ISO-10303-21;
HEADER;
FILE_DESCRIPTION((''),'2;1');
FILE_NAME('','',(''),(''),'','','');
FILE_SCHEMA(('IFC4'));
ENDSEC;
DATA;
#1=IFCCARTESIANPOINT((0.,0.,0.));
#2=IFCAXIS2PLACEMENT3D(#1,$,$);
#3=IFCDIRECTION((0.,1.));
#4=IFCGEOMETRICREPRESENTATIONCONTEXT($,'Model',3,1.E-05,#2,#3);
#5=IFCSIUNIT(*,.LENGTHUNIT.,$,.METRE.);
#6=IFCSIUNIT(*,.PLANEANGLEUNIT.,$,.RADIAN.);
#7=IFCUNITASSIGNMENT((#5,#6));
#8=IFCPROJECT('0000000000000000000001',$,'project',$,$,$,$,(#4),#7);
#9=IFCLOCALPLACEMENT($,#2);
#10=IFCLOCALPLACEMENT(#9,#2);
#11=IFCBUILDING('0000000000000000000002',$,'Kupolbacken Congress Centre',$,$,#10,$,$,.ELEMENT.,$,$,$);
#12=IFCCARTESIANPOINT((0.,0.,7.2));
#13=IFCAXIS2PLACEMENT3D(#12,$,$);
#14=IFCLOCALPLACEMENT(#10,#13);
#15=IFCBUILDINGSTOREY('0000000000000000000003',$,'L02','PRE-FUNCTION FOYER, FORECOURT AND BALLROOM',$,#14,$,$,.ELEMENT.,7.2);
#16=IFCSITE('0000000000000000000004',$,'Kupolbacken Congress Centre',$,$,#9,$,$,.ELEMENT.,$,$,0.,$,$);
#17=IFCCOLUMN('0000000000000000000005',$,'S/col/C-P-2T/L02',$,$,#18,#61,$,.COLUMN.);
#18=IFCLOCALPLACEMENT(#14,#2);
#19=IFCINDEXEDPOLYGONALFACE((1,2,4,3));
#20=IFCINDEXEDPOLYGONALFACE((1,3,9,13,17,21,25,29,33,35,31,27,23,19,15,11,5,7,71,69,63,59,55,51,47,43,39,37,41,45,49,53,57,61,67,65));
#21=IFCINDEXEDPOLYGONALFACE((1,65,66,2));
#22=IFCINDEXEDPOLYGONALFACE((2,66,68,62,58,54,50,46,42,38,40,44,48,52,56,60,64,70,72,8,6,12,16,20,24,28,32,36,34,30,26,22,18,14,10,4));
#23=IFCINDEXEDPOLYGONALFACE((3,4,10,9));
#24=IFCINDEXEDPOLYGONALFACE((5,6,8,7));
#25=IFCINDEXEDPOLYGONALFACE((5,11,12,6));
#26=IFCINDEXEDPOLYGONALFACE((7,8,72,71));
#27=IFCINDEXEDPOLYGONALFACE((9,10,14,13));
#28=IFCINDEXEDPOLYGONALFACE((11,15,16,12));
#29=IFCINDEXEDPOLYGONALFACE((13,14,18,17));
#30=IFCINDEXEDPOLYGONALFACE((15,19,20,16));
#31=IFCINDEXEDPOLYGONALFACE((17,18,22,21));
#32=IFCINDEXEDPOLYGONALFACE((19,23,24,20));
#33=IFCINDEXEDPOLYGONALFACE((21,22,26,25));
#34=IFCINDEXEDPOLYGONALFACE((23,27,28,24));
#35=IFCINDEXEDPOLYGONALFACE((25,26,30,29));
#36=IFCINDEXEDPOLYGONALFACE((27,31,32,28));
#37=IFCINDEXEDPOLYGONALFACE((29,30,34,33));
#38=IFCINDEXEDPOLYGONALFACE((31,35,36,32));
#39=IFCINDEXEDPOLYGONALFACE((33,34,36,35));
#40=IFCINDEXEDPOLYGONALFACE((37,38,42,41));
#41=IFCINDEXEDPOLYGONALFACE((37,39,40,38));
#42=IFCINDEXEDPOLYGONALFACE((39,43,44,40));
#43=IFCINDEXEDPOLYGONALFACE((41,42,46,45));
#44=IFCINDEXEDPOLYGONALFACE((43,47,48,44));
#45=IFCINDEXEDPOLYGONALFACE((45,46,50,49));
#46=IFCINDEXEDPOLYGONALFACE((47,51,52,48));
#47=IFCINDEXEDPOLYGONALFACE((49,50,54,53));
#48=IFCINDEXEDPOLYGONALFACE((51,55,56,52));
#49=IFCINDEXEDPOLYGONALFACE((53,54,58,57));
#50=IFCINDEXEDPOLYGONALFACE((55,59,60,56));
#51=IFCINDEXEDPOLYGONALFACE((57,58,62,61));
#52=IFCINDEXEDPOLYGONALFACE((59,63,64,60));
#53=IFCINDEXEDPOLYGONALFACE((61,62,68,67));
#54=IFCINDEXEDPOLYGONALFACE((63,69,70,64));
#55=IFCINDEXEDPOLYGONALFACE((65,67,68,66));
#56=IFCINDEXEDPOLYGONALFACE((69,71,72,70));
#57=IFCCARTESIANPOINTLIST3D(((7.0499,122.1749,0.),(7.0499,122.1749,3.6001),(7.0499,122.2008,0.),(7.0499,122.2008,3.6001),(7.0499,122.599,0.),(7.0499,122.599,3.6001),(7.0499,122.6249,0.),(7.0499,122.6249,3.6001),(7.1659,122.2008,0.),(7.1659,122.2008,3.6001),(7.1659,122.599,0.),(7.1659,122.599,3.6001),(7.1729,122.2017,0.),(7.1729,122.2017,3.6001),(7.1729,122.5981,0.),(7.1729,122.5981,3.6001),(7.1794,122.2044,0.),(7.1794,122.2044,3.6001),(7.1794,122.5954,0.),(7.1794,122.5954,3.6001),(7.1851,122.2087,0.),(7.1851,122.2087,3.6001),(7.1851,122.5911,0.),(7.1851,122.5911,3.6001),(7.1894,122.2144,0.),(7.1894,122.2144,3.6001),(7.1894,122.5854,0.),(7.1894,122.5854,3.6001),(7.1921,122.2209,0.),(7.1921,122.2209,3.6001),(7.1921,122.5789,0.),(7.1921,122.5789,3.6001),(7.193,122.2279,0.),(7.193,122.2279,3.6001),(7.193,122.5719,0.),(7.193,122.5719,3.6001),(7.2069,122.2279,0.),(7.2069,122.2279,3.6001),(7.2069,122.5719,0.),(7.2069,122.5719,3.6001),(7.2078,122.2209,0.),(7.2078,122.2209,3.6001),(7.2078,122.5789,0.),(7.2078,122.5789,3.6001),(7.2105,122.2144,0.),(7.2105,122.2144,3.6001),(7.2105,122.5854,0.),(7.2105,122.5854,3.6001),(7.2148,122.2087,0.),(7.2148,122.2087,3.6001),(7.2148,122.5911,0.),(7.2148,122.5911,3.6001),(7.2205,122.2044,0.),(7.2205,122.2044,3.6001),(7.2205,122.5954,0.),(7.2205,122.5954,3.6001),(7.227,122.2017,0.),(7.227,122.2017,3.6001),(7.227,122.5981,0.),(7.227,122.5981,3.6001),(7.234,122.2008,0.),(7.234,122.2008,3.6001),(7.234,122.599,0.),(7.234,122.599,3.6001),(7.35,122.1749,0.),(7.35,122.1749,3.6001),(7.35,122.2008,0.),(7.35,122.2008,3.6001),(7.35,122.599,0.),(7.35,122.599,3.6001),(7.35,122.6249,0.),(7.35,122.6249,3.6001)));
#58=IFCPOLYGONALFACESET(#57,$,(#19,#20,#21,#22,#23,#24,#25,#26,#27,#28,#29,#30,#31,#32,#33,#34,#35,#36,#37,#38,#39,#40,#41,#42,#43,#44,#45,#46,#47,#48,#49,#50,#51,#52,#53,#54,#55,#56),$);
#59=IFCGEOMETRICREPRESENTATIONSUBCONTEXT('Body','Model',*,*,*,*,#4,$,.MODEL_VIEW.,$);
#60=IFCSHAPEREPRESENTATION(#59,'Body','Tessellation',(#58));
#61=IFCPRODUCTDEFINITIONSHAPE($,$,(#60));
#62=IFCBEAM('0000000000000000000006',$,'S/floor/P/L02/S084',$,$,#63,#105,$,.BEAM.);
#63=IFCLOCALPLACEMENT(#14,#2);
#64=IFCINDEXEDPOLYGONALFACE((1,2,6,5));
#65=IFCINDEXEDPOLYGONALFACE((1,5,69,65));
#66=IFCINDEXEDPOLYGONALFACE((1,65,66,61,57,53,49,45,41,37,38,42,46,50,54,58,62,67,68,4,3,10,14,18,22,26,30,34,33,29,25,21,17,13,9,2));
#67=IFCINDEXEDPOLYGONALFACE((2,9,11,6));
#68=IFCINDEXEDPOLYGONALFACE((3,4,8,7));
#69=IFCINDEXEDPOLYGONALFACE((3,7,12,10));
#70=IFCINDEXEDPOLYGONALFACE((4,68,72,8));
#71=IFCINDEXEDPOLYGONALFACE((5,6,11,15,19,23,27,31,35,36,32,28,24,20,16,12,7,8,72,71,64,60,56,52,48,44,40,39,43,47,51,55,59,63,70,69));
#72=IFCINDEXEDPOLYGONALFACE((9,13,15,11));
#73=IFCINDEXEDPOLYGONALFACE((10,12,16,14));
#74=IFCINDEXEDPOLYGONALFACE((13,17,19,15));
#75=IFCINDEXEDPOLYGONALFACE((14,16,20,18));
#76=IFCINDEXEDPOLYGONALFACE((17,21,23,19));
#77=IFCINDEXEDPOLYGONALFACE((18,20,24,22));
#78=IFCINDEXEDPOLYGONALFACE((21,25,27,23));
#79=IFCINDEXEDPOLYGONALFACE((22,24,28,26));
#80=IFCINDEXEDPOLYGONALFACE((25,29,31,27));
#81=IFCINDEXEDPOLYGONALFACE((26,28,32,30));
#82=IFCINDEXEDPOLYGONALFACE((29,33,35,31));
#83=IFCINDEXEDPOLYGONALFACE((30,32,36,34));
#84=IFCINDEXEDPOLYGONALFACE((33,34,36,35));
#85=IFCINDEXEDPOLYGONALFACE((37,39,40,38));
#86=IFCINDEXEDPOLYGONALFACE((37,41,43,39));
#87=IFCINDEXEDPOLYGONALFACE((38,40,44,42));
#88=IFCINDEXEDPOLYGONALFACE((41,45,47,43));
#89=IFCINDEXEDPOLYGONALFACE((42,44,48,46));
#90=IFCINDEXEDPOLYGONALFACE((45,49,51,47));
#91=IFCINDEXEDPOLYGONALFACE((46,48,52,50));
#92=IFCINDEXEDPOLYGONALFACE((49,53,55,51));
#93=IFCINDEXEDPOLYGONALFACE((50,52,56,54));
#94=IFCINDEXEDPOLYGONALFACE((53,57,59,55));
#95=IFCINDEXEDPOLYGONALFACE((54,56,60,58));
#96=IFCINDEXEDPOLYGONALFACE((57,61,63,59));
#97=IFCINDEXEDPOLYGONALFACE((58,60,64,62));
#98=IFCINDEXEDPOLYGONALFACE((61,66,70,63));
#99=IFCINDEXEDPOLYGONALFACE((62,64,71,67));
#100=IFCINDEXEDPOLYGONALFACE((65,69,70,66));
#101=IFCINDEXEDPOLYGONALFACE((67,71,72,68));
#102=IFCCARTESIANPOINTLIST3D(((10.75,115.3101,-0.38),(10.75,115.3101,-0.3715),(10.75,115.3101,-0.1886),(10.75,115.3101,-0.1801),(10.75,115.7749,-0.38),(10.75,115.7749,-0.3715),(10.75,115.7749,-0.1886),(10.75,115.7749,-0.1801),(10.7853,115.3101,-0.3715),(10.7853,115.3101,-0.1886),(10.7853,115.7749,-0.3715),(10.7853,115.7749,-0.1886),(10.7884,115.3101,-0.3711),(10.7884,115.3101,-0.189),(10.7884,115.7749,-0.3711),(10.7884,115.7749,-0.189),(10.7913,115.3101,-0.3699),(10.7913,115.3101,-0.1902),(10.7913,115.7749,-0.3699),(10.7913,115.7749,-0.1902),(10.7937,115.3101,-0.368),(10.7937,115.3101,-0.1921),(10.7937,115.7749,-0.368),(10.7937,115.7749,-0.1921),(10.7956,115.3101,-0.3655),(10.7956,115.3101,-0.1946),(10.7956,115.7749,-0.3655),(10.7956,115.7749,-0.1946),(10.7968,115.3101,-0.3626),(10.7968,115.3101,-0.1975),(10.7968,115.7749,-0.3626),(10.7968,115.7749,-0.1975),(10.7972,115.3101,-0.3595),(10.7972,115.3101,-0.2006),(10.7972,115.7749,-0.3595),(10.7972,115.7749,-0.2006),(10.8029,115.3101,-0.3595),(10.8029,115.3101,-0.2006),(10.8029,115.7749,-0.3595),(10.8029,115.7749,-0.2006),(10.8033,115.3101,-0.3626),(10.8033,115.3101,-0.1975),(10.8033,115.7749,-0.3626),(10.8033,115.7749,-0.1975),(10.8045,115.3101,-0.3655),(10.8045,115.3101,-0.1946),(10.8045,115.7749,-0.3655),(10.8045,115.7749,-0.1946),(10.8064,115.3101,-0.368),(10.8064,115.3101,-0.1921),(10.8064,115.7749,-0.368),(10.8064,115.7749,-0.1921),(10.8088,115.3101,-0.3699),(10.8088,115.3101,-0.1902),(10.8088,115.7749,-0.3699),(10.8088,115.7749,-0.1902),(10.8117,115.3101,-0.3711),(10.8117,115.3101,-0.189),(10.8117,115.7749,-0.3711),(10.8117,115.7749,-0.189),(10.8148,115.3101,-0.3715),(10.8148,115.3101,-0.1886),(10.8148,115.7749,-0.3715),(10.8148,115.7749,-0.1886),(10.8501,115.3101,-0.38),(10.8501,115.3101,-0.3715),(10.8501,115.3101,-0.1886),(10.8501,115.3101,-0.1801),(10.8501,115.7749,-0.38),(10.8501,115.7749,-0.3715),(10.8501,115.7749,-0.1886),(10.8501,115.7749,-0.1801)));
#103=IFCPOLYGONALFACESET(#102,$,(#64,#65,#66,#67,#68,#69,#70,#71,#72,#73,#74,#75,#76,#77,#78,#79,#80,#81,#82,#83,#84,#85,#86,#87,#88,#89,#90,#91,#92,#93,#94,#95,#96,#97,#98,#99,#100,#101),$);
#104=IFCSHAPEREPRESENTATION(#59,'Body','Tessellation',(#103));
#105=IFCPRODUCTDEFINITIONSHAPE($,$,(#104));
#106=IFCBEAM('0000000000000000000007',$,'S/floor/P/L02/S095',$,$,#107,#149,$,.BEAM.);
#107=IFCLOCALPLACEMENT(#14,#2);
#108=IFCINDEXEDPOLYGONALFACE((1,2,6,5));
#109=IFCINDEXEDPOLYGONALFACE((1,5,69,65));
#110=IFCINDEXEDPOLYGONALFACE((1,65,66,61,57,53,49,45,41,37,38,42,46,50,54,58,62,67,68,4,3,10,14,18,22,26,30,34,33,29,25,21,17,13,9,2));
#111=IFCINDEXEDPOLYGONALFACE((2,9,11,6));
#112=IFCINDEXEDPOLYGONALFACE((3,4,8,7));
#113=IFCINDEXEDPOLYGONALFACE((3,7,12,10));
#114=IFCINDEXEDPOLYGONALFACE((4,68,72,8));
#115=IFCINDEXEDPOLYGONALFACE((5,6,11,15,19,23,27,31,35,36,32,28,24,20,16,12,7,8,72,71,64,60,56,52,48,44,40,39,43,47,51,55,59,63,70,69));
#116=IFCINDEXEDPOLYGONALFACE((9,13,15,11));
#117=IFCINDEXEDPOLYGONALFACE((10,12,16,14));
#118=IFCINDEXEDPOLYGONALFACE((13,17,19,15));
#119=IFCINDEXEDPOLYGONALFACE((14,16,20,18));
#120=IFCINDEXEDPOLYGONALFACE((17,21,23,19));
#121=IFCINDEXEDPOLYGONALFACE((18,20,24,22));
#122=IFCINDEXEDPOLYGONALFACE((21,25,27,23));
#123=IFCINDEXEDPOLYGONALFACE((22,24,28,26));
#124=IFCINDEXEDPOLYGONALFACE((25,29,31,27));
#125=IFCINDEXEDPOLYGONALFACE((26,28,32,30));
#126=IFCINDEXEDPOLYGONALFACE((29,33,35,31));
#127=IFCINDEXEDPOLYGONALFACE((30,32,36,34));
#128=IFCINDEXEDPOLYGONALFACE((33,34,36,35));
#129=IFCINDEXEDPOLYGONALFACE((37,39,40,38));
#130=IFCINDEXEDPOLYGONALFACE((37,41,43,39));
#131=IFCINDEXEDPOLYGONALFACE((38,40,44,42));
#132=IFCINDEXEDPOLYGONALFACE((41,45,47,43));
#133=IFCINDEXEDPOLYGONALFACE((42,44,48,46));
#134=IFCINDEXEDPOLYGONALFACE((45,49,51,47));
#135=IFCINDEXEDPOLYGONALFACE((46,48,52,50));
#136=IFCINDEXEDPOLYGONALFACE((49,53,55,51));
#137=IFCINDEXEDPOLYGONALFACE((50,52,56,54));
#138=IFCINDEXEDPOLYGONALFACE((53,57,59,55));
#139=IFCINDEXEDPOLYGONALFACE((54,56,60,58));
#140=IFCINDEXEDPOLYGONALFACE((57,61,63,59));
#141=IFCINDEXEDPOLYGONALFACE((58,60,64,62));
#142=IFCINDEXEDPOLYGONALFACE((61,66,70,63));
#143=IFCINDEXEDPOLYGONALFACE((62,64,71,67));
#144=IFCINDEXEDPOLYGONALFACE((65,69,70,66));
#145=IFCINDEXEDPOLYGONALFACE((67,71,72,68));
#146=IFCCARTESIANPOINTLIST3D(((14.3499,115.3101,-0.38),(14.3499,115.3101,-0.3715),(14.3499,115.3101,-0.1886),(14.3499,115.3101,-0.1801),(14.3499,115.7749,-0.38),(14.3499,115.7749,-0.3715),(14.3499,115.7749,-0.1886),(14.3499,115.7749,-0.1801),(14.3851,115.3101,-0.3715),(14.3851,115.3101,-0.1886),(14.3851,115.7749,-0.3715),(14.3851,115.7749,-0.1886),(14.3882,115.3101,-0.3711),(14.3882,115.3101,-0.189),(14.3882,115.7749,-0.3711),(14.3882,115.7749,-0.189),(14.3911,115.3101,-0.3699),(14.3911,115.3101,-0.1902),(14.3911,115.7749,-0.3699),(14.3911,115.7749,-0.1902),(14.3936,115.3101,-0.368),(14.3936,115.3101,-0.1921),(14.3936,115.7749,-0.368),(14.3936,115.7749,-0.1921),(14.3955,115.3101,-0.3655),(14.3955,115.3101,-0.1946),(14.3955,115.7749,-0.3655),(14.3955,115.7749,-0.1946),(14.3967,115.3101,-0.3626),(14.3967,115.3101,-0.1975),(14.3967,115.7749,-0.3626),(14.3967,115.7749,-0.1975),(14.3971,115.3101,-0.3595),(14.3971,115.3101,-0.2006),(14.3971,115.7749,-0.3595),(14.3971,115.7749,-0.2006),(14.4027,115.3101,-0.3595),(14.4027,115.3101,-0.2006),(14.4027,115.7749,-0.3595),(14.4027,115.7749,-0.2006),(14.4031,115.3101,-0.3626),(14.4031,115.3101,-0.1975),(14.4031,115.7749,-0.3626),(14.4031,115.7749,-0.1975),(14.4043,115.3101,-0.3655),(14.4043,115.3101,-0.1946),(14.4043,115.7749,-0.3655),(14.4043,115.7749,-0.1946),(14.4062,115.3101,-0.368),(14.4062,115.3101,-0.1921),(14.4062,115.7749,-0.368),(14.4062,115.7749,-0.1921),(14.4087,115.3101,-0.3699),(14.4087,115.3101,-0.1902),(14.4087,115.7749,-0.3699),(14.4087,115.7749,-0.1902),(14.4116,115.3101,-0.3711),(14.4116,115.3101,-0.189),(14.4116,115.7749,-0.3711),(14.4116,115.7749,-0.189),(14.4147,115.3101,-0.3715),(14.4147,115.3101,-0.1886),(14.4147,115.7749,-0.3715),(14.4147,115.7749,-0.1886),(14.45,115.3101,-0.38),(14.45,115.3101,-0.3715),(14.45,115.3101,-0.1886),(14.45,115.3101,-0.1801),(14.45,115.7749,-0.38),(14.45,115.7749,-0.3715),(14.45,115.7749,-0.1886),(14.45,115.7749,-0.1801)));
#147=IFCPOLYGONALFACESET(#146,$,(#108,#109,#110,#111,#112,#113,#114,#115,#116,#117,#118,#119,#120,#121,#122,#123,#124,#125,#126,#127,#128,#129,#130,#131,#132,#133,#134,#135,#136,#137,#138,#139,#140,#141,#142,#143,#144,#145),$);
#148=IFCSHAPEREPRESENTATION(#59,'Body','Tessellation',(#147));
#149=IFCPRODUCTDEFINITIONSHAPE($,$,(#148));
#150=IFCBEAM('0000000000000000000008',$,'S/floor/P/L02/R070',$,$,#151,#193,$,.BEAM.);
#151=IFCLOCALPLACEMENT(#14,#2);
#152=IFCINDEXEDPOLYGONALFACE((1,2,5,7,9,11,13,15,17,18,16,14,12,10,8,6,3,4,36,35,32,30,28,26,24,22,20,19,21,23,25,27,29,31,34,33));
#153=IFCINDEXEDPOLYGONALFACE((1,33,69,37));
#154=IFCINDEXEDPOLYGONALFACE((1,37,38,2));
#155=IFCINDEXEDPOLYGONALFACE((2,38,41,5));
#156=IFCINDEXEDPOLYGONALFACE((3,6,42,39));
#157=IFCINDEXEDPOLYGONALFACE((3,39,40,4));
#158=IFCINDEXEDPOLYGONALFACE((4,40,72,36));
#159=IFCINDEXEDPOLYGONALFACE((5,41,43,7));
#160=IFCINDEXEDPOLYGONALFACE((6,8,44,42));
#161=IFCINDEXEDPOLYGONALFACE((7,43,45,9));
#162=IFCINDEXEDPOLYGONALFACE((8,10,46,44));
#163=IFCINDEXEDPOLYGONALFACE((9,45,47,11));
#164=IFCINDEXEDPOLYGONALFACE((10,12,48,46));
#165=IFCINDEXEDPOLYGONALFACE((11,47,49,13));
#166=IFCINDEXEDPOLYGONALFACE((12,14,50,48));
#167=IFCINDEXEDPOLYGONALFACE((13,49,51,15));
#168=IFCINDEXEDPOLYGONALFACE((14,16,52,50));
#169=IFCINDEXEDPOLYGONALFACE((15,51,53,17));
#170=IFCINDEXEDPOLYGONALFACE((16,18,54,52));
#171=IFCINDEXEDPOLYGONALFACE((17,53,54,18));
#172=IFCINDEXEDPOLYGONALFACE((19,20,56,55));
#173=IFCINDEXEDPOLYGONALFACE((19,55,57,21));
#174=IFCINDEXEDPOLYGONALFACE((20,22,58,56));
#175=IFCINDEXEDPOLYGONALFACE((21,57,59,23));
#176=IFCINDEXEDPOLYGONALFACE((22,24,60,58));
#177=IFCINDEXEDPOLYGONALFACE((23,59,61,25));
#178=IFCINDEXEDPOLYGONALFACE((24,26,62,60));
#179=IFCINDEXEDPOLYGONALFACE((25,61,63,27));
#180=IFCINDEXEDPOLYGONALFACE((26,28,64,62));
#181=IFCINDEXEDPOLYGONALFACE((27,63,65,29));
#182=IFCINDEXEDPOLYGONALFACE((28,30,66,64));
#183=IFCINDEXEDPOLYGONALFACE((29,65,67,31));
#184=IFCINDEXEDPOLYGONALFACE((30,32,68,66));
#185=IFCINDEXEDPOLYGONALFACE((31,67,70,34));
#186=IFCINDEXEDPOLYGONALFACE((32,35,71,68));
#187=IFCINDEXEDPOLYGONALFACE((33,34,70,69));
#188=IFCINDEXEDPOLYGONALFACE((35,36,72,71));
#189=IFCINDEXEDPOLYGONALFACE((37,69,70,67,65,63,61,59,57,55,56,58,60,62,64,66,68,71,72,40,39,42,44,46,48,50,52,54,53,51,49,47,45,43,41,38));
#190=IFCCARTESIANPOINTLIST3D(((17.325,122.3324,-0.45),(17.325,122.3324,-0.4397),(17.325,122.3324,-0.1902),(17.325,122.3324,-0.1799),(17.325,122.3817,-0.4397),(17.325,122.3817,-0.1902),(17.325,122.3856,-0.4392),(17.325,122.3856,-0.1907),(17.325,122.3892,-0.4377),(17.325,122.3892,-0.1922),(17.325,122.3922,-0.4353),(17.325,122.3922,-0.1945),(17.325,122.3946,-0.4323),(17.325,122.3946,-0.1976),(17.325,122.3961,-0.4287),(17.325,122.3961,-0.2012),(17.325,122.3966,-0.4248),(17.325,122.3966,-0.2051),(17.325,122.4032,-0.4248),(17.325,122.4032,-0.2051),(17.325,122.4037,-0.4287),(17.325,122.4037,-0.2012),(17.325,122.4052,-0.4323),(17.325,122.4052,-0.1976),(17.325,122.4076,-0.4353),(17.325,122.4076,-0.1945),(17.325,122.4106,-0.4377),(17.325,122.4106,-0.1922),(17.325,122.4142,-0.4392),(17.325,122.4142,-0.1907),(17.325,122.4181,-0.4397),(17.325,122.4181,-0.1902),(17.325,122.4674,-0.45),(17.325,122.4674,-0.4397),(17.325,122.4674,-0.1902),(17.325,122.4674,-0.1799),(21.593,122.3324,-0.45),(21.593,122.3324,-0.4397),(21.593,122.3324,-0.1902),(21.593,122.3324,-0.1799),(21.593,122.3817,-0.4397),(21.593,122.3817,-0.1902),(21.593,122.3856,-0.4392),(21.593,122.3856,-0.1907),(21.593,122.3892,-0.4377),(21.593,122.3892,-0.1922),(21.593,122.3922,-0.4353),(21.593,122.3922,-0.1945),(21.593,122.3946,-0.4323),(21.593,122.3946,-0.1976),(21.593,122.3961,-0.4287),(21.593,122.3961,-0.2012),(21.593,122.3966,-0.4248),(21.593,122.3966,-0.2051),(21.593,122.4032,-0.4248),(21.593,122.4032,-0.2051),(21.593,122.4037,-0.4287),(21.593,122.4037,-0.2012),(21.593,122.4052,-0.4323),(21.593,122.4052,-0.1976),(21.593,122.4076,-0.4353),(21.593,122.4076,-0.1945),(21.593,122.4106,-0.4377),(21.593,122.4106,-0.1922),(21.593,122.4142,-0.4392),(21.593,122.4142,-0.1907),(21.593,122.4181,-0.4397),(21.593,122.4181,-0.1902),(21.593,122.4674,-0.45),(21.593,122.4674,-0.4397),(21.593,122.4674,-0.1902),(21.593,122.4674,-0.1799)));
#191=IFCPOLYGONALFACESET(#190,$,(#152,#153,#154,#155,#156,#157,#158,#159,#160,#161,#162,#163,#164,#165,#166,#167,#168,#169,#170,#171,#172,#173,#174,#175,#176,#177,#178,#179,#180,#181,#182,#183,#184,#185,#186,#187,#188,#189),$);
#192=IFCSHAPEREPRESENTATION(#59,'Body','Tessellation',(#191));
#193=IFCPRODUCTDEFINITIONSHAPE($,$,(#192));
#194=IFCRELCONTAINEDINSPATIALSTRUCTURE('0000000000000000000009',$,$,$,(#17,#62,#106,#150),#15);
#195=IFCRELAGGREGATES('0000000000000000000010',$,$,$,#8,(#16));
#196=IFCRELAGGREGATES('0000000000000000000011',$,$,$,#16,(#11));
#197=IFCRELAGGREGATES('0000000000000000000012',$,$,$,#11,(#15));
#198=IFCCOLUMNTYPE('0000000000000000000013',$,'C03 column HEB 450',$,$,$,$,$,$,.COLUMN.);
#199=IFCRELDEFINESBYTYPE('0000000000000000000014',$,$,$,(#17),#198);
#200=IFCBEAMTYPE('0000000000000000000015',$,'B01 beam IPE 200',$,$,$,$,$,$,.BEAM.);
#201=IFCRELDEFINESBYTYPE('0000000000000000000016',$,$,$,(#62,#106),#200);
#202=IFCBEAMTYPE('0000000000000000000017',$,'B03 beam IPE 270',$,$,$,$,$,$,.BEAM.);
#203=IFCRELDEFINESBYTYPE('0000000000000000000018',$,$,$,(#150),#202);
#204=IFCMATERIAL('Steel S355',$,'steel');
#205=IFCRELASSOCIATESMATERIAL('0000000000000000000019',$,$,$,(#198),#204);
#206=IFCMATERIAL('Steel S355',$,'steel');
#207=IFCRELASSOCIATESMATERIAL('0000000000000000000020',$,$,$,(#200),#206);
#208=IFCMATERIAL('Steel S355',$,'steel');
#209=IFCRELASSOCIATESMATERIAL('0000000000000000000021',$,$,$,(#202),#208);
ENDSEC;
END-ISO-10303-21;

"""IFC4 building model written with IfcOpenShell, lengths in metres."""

from ifc_helpers import new_model, si_unit, direction, frame, origin, origin_2d, place, context, subcontext, project, spatial, i_section, extrude, material, material_profile, profile_set, type_object, element, save


model = new_model("IFC4")

# Units and contexts
model_context = context("Model", 3, precision=1e-05, world=origin(), true_north=direction((0.0, 1.0)))
body_context = subcontext(model_context, "Body", "Model", "MODEL_VIEW")
ifc_project = project(units=[si_unit("LENGTHUNIT", "METRE"), si_unit("PLANEANGLEUNIT", "RADIAN")], contexts=[model_context])

# Site, building, storey
site_placement = place(None, origin())
site = spatial("IfcSite", under=ifc_project, at=site_placement, Name="Kupolbacken Congress Centre", CompositionType="ELEMENT", RefElevation=0.0)
building_placement = place(site_placement, origin())
building = spatial("IfcBuilding", under=site, at=building_placement, Name="Kupolbacken Congress Centre", CompositionType="ELEMENT")
storey_placement = place(building_placement, frame((0.0, 0.0, 7.2)))
storey = spatial("IfcBuildingStorey", under=building, at=storey_placement, Name="L02", Description="PRE-FUNCTION FOYER, FORECOURT AND BALLROOM", CompositionType="ELEMENT", Elevation=7.2)

# Column
ifc_material_1 = material(Name="Steel S355", Category="steel")
ifc_material_profile_1 = material_profile(ifc_material_1, i_section(OverallWidth=0.3, OverallDepth=0.45, WebThickness=0.0139, FlangeThickness=0.0259, FilletRadius=0.0271, at=origin_2d()), Name="HEB 450")
ifc_profile_set_1 = profile_set([ifc_material_profile_1], Name="Steel S355")
column_type = type_object("IfcColumnType", Name="C03 column HEB 450", PredefinedType="COLUMN", material=ifc_profile_set_1)
column_placement = place(storey_placement, frame((7.2, 122.3999, 0.0), z_axis=(0.0, 0.0, 1.0), x_axis=(1.0, 0.0, 0.0)))
element("IfcColumn", 1, at=column_placement, inside=storey, type_object=column_type, Name="S/col/C-P-2T/L02", PredefinedType="COLUMN", context=body_context, shape_type="SweptSolid", body=[
    extrude(i_section(OverallWidth=0.3, OverallDepth=0.45, WebThickness=0.0139, FlangeThickness=0.0259, FilletRadius=0.0271, at=origin_2d()), origin(), (0.0, 0.0, 1.0), 3.6001),
])

# Beams
ifc_material_2 = material(Name="Steel S355", Category="steel")
ifc_material_profile_2 = material_profile(ifc_material_2, i_section(OverallWidth=0.1001, OverallDepth=0.2, WebThickness=0.0056, FlangeThickness=0.0085, FilletRadius=0.012, at=origin_2d()), Name="IPE 200")
ifc_profile_set_2 = profile_set([ifc_material_profile_2], Name="Steel S355")
beam_type_1 = type_object("IfcBeamType", Name="B01 beam IPE 200", PredefinedType="BEAM", material=ifc_profile_set_2)
for number, where, z_axis, x_axis, name in (
    (2, (10.8, 115.3101, -0.28), (0.0, 1.0, 0.0), (-1.0, 0.0, 0.0), "S/floor/P/L02/S084"),
    (3, (14.3999, 115.3101, -0.28), (0.0, 1.0, 0.0), (-1.0, 0.0, 0.0), "S/floor/P/L02/S095"),
):
    element("IfcBeam", number, at=place(storey_placement, frame(where, z_axis=z_axis, x_axis=x_axis)), inside=storey, type_object=beam_type_1, Name=name, PredefinedType="BEAM", context=body_context, shape_type="SweptSolid", body=[
        extrude(i_section(OverallWidth=0.1001, OverallDepth=0.2, WebThickness=0.0056, FlangeThickness=0.0085, FilletRadius=0.012, at=origin_2d()), origin(), (0.0, 0.0, 1.0), 0.4648),
    ])
ifc_material_3 = material(Name="Steel S355", Category="steel")
ifc_material_profile_3 = material_profile(ifc_material_3, i_section(OverallWidth=0.135, OverallDepth=0.27, WebThickness=0.0066, FlangeThickness=0.0103, FilletRadius=0.0149, at=origin_2d()), Name="IPE 270")
ifc_profile_set_3 = profile_set([ifc_material_profile_3], Name="Steel S355")
beam_type_2 = type_object("IfcBeamType", Name="B03 beam IPE 270", PredefinedType="BEAM", material=ifc_profile_set_3)
beam_placement = place(storey_placement, frame((17.325, 122.3999, -0.3149), z_axis=(1.0, 0.0, 0.0), x_axis=(0.0, 1.0, 0.0)))
element("IfcBeam", 4, at=beam_placement, inside=storey, type_object=beam_type_2, Name="S/floor/P/L02/R070", PredefinedType="BEAM", context=body_context, shape_type="SweptSolid", body=[
    extrude(i_section(OverallWidth=0.135, OverallDepth=0.27, WebThickness=0.0066, FlangeThickness=0.0103, FilletRadius=0.0149, at=origin_2d()), origin(), (0.0, 0.0, 1.0), 4.2681),
])

save(model, "model.ifc")
